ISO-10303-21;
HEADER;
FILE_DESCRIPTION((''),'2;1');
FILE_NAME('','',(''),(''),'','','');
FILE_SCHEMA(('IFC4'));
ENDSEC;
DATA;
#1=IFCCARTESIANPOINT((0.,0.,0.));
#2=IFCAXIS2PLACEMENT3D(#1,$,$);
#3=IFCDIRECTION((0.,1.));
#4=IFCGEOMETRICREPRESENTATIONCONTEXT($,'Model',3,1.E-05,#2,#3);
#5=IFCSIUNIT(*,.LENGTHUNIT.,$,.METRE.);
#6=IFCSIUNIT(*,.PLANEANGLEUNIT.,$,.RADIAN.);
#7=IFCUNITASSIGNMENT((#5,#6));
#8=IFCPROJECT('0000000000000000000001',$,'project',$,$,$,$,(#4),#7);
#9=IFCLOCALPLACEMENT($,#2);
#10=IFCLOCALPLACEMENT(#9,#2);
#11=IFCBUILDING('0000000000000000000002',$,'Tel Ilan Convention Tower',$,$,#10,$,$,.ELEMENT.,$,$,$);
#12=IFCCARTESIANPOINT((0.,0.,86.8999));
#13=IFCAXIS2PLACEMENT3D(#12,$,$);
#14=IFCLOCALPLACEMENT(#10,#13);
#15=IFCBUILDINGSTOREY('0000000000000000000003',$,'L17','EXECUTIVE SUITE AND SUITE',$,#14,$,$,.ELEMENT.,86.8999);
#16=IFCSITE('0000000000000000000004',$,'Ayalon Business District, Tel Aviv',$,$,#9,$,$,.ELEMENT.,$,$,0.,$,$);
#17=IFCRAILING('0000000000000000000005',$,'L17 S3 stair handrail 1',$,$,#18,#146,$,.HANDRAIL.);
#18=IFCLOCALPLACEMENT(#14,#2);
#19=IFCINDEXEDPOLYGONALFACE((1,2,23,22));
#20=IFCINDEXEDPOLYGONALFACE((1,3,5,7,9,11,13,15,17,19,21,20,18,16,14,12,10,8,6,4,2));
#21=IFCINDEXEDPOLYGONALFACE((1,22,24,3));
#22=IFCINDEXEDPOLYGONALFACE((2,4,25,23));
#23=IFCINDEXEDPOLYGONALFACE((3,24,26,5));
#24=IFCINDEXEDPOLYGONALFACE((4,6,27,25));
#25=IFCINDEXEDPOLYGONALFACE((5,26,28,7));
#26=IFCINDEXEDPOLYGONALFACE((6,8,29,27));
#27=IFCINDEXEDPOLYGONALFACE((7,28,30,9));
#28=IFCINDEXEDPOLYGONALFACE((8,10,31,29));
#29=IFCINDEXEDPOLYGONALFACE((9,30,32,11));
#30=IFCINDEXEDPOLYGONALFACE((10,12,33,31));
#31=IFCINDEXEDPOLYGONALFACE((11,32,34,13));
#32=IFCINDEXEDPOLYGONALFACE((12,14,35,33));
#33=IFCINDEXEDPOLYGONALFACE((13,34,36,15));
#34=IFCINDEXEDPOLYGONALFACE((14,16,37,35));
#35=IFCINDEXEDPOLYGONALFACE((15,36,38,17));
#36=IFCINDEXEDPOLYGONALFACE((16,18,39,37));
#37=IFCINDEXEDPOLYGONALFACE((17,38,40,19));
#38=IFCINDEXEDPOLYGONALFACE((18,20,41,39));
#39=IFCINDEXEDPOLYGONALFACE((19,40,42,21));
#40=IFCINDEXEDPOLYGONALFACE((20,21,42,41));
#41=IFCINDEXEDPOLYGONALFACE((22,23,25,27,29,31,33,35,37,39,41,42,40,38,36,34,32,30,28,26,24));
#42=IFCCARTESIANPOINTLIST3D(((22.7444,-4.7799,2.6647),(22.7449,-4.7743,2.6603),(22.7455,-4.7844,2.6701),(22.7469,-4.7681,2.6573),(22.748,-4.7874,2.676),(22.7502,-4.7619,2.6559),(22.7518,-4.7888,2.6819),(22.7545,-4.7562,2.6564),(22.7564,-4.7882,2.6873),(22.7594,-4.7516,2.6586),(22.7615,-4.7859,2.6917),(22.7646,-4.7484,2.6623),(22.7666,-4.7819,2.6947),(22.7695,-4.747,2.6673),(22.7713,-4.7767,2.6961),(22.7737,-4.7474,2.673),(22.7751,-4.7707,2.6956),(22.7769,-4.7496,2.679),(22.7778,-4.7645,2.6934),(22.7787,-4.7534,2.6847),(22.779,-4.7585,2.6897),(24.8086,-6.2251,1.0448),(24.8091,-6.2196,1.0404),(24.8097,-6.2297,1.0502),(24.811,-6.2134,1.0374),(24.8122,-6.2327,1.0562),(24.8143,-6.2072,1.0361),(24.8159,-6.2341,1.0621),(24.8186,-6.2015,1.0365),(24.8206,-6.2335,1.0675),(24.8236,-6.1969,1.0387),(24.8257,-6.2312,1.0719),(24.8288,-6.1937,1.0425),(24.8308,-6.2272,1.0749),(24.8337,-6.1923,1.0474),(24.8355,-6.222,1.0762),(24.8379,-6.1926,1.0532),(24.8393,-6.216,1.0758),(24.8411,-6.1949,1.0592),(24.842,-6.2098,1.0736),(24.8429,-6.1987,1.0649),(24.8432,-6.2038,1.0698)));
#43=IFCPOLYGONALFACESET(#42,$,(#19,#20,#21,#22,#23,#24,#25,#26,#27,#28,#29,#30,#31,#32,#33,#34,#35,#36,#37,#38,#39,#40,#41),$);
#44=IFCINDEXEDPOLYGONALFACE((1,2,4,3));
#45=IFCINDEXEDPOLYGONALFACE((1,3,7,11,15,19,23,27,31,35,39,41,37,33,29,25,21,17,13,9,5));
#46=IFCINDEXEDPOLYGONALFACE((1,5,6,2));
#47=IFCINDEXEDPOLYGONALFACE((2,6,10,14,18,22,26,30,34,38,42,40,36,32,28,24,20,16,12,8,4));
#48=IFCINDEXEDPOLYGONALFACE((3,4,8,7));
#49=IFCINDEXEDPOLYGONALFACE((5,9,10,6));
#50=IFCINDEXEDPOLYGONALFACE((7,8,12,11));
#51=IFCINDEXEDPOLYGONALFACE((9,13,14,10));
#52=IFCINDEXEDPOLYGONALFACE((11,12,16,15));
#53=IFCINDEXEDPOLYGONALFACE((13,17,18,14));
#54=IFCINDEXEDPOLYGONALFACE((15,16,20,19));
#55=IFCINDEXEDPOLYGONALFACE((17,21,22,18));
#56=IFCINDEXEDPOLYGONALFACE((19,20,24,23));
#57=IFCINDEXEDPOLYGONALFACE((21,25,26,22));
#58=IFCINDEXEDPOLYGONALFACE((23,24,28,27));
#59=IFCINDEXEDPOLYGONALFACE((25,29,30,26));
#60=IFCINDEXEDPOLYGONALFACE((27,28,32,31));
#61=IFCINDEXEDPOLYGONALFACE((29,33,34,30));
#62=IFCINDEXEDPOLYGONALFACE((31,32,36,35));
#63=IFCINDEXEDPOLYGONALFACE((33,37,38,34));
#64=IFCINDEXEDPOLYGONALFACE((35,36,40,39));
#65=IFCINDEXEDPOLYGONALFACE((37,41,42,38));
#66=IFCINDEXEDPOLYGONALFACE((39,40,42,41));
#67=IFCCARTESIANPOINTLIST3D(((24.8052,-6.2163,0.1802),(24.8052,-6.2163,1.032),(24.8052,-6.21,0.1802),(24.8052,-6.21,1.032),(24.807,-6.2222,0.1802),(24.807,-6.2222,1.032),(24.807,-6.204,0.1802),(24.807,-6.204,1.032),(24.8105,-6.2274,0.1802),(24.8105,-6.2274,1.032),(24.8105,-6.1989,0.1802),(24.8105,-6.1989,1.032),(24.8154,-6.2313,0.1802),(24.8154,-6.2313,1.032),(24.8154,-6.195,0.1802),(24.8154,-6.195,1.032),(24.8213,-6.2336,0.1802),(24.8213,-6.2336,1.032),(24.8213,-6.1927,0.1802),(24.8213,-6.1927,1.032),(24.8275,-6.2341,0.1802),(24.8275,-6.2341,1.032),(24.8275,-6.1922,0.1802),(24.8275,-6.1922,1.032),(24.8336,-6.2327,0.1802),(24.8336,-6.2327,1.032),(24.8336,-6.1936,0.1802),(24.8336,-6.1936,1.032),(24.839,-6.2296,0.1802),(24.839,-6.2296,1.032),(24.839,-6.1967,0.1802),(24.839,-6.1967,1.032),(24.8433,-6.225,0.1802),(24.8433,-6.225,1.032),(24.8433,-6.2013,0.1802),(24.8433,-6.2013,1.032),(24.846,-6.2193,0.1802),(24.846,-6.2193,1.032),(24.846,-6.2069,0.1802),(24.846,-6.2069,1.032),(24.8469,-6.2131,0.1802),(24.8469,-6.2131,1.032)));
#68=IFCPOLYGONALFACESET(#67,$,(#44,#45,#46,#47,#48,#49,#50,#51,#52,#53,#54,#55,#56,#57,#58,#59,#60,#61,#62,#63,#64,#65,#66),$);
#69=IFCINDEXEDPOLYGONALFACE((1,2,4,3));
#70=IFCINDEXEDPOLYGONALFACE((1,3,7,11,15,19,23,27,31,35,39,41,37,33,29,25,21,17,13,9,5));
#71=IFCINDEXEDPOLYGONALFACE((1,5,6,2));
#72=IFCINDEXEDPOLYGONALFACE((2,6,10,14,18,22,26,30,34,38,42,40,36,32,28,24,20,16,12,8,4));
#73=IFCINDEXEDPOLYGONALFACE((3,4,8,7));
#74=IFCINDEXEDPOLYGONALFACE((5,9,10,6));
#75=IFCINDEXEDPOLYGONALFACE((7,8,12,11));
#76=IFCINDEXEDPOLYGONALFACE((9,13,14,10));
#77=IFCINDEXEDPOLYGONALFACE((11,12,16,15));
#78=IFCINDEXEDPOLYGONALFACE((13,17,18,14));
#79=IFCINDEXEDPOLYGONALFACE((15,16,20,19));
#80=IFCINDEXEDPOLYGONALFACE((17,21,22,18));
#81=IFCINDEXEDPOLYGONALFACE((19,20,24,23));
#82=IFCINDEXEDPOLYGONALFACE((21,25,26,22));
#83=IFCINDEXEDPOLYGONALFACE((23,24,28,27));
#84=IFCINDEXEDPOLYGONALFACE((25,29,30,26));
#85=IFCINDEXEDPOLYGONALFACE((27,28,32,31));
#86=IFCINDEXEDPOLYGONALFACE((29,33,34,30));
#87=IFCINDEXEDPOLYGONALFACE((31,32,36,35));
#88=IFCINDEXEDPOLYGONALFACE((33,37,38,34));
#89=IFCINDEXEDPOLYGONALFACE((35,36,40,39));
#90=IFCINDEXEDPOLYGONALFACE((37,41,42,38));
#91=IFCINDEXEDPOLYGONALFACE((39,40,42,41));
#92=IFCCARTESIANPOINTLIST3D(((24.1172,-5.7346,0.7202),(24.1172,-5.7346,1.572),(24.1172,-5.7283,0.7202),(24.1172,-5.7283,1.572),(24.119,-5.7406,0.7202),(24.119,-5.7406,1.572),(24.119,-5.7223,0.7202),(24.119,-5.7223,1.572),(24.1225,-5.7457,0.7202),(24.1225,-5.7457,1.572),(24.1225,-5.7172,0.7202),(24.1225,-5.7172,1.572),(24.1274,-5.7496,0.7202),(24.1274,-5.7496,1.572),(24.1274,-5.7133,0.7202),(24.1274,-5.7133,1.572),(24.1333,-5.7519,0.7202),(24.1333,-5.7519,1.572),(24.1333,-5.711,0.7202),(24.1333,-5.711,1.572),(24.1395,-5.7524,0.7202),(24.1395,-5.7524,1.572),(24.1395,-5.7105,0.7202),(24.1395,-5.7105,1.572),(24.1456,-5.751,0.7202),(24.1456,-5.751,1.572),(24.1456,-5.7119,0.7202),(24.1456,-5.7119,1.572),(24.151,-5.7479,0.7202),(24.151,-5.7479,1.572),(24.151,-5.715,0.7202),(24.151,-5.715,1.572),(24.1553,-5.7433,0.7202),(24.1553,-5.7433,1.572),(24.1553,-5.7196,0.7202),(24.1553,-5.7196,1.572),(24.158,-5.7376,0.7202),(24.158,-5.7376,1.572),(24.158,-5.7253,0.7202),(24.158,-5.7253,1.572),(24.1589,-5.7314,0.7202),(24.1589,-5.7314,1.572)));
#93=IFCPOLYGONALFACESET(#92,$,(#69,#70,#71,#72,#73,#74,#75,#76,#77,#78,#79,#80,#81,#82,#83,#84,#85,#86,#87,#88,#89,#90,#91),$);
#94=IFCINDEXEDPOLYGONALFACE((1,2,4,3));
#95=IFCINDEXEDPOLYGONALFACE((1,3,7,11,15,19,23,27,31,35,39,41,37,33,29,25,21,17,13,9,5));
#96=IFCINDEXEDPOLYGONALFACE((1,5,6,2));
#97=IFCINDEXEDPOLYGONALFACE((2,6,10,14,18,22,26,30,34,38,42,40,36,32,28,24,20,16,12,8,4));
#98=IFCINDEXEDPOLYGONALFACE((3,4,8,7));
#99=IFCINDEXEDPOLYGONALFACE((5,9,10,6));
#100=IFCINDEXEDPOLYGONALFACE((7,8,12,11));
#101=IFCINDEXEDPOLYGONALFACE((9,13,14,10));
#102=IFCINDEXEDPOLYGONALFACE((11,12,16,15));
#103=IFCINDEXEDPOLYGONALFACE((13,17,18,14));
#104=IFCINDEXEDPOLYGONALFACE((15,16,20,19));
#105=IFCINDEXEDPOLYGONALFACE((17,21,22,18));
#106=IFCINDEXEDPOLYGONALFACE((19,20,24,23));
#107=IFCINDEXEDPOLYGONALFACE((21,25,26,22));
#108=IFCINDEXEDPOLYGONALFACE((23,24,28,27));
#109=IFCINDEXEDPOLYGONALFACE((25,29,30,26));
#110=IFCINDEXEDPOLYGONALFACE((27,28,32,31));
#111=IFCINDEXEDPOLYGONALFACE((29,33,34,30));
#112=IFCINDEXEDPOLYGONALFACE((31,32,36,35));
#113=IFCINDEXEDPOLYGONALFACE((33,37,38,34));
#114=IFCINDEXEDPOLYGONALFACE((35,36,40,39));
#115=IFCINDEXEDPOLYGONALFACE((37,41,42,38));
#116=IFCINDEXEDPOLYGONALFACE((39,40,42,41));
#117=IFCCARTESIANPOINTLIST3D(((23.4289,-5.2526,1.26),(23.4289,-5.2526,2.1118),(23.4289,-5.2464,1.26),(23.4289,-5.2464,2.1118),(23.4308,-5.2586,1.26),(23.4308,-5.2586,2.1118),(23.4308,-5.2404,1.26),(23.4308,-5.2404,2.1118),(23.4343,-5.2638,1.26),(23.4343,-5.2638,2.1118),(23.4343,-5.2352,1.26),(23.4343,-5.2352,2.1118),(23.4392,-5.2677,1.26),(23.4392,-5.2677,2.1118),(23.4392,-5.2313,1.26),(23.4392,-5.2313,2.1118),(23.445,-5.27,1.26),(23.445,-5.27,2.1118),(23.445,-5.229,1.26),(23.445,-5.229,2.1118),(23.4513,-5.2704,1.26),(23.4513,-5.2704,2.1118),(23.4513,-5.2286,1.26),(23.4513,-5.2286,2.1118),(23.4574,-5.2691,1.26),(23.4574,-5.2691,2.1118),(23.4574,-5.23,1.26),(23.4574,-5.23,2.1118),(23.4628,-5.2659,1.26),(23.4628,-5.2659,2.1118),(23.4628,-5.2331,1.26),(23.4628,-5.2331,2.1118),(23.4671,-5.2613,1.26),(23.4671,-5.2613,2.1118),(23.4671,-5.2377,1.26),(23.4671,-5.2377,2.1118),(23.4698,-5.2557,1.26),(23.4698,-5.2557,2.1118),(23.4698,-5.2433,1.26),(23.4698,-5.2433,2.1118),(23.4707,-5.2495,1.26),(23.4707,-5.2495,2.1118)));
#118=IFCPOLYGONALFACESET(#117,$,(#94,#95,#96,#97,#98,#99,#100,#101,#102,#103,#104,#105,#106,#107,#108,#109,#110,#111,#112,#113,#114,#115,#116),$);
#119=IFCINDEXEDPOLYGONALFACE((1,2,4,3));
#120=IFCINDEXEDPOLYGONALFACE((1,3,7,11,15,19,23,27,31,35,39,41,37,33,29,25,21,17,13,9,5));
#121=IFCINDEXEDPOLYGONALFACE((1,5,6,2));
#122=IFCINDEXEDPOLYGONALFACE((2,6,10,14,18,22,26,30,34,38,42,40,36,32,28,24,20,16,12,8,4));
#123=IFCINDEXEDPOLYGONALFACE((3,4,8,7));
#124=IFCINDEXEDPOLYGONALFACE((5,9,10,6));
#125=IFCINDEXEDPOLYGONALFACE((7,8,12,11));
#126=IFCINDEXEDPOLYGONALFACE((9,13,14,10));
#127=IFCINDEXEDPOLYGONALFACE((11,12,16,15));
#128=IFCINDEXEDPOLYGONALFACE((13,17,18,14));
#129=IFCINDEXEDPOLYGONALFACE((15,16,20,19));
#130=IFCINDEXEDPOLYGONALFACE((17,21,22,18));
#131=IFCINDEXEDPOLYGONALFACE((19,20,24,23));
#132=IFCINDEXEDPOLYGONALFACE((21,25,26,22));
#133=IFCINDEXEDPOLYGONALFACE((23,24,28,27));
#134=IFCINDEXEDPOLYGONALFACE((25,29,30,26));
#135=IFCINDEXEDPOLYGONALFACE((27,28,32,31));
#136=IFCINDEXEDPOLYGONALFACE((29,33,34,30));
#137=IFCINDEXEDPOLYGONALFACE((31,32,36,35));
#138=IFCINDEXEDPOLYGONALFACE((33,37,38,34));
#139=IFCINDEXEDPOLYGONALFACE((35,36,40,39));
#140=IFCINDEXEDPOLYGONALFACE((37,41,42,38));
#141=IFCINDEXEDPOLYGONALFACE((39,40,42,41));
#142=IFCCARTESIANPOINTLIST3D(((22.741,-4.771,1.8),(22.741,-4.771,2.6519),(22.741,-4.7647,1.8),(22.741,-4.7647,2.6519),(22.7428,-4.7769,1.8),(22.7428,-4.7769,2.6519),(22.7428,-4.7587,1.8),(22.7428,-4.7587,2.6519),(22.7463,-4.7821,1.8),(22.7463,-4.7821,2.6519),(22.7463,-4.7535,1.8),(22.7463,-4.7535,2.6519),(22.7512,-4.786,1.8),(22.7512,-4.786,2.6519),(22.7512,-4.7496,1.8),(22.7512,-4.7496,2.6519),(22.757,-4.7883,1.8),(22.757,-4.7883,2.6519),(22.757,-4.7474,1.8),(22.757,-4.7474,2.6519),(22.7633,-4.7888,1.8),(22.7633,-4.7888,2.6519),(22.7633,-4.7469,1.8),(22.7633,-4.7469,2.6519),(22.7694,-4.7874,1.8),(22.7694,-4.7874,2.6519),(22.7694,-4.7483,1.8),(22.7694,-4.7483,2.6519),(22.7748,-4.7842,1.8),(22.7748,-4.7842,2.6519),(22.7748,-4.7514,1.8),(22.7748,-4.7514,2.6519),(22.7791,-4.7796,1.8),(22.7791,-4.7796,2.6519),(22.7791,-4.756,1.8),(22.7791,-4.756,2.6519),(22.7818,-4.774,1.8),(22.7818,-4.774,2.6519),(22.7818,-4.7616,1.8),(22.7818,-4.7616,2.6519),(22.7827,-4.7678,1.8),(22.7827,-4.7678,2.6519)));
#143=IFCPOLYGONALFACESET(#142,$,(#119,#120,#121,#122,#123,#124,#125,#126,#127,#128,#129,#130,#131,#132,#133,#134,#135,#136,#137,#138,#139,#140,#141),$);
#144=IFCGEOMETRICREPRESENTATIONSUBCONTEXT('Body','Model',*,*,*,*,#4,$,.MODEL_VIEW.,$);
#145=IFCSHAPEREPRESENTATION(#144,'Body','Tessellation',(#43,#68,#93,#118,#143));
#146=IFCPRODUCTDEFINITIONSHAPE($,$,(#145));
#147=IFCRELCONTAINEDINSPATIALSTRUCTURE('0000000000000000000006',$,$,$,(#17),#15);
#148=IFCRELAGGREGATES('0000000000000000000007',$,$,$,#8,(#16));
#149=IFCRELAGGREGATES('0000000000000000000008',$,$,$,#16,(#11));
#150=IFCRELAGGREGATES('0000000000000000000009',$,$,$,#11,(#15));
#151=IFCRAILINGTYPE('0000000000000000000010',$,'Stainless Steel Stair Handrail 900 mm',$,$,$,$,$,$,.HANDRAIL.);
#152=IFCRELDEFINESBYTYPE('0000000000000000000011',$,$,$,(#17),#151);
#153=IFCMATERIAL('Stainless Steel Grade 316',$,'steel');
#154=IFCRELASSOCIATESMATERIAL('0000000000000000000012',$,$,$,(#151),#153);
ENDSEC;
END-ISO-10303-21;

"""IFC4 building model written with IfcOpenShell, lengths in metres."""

from ifc_helpers import new_model, si_unit, direction, frame, origin, origin_2d, place, context, subcontext, project, spatial, circle, extrude, material, type_object, element, save


model = new_model("IFC4")

# Units and contexts
model_context = context("Model", 3, precision=1e-05, world=origin(), true_north=direction((0.0, 1.0)))
body_context = subcontext(model_context, "Body", "Model", "MODEL_VIEW")
ifc_project = project(units=[si_unit("LENGTHUNIT", "METRE"), si_unit("PLANEANGLEUNIT", "RADIAN")], contexts=[model_context])

# Site, building, storey
site_placement = place(None, origin())
site = spatial("IfcSite", under=ifc_project, at=site_placement, Name="Ayalon Business District, Tel Aviv", CompositionType="ELEMENT", RefElevation=0.0)
building_placement = place(site_placement, origin())
building = spatial("IfcBuilding", under=site, at=building_placement, Name="Tel Ilan Convention Tower", CompositionType="ELEMENT")
storey_placement = place(building_placement, frame((0.0, 0.0, 86.8999)))
storey = spatial("IfcBuildingStorey", under=building, at=storey_placement, Name="L17", Description="EXECUTIVE SUITE AND SUITE", CompositionType="ELEMENT", Elevation=86.8999)

# Railing
ifc_material_1 = material(Name="Stainless Steel Grade 316", Category="steel")
railing_type_1 = type_object("IfcRailingType", Name="Stainless Steel Stair Handrail 900 mm", PredefinedType="HANDRAIL", material=ifc_material_1)
railing_1_placement = place(storey_placement, frame((24.8259, -6.2131, 0.1802)))
element("IfcRailing", 1, at=railing_1_placement, inside=storey, type_object=railing_type_1, Name="L17 S3 stair handrail 1", PredefinedType="HANDRAIL", context=body_context, shape_type="SweptSolid", body=[
    extrude(circle(Radius=0.0239, at=origin_2d()), frame((0.0, 0.0, 0.876), z_axis=(-0.68907, 0.482472, 0.540743), x_axis=(-0.57356, -0.819164, 0.0)), (0.0, 0.0, 1.0), 2.9956),
    extrude(circle(Radius=0.021, at=origin_2d()), origin(), (0.0, 0.0, 1.0), 0.8518),
    extrude(circle(Radius=0.021, at=origin_2d()), frame((-0.688, 0.4817, 0.54)), (0.0, 0.0, 1.0), 0.8518),
    extrude(circle(Radius=0.021, at=origin_2d()), frame((-1.3762, 0.9636, 1.0798)), (0.0, 0.0, 1.0), 0.8518),
    extrude(circle(Radius=0.021, at=origin_2d()), frame((-2.0642, 1.4453, 1.6199)), (0.0, 0.0, 1.0), 0.8518),
])

save(model, "model.ifc")
